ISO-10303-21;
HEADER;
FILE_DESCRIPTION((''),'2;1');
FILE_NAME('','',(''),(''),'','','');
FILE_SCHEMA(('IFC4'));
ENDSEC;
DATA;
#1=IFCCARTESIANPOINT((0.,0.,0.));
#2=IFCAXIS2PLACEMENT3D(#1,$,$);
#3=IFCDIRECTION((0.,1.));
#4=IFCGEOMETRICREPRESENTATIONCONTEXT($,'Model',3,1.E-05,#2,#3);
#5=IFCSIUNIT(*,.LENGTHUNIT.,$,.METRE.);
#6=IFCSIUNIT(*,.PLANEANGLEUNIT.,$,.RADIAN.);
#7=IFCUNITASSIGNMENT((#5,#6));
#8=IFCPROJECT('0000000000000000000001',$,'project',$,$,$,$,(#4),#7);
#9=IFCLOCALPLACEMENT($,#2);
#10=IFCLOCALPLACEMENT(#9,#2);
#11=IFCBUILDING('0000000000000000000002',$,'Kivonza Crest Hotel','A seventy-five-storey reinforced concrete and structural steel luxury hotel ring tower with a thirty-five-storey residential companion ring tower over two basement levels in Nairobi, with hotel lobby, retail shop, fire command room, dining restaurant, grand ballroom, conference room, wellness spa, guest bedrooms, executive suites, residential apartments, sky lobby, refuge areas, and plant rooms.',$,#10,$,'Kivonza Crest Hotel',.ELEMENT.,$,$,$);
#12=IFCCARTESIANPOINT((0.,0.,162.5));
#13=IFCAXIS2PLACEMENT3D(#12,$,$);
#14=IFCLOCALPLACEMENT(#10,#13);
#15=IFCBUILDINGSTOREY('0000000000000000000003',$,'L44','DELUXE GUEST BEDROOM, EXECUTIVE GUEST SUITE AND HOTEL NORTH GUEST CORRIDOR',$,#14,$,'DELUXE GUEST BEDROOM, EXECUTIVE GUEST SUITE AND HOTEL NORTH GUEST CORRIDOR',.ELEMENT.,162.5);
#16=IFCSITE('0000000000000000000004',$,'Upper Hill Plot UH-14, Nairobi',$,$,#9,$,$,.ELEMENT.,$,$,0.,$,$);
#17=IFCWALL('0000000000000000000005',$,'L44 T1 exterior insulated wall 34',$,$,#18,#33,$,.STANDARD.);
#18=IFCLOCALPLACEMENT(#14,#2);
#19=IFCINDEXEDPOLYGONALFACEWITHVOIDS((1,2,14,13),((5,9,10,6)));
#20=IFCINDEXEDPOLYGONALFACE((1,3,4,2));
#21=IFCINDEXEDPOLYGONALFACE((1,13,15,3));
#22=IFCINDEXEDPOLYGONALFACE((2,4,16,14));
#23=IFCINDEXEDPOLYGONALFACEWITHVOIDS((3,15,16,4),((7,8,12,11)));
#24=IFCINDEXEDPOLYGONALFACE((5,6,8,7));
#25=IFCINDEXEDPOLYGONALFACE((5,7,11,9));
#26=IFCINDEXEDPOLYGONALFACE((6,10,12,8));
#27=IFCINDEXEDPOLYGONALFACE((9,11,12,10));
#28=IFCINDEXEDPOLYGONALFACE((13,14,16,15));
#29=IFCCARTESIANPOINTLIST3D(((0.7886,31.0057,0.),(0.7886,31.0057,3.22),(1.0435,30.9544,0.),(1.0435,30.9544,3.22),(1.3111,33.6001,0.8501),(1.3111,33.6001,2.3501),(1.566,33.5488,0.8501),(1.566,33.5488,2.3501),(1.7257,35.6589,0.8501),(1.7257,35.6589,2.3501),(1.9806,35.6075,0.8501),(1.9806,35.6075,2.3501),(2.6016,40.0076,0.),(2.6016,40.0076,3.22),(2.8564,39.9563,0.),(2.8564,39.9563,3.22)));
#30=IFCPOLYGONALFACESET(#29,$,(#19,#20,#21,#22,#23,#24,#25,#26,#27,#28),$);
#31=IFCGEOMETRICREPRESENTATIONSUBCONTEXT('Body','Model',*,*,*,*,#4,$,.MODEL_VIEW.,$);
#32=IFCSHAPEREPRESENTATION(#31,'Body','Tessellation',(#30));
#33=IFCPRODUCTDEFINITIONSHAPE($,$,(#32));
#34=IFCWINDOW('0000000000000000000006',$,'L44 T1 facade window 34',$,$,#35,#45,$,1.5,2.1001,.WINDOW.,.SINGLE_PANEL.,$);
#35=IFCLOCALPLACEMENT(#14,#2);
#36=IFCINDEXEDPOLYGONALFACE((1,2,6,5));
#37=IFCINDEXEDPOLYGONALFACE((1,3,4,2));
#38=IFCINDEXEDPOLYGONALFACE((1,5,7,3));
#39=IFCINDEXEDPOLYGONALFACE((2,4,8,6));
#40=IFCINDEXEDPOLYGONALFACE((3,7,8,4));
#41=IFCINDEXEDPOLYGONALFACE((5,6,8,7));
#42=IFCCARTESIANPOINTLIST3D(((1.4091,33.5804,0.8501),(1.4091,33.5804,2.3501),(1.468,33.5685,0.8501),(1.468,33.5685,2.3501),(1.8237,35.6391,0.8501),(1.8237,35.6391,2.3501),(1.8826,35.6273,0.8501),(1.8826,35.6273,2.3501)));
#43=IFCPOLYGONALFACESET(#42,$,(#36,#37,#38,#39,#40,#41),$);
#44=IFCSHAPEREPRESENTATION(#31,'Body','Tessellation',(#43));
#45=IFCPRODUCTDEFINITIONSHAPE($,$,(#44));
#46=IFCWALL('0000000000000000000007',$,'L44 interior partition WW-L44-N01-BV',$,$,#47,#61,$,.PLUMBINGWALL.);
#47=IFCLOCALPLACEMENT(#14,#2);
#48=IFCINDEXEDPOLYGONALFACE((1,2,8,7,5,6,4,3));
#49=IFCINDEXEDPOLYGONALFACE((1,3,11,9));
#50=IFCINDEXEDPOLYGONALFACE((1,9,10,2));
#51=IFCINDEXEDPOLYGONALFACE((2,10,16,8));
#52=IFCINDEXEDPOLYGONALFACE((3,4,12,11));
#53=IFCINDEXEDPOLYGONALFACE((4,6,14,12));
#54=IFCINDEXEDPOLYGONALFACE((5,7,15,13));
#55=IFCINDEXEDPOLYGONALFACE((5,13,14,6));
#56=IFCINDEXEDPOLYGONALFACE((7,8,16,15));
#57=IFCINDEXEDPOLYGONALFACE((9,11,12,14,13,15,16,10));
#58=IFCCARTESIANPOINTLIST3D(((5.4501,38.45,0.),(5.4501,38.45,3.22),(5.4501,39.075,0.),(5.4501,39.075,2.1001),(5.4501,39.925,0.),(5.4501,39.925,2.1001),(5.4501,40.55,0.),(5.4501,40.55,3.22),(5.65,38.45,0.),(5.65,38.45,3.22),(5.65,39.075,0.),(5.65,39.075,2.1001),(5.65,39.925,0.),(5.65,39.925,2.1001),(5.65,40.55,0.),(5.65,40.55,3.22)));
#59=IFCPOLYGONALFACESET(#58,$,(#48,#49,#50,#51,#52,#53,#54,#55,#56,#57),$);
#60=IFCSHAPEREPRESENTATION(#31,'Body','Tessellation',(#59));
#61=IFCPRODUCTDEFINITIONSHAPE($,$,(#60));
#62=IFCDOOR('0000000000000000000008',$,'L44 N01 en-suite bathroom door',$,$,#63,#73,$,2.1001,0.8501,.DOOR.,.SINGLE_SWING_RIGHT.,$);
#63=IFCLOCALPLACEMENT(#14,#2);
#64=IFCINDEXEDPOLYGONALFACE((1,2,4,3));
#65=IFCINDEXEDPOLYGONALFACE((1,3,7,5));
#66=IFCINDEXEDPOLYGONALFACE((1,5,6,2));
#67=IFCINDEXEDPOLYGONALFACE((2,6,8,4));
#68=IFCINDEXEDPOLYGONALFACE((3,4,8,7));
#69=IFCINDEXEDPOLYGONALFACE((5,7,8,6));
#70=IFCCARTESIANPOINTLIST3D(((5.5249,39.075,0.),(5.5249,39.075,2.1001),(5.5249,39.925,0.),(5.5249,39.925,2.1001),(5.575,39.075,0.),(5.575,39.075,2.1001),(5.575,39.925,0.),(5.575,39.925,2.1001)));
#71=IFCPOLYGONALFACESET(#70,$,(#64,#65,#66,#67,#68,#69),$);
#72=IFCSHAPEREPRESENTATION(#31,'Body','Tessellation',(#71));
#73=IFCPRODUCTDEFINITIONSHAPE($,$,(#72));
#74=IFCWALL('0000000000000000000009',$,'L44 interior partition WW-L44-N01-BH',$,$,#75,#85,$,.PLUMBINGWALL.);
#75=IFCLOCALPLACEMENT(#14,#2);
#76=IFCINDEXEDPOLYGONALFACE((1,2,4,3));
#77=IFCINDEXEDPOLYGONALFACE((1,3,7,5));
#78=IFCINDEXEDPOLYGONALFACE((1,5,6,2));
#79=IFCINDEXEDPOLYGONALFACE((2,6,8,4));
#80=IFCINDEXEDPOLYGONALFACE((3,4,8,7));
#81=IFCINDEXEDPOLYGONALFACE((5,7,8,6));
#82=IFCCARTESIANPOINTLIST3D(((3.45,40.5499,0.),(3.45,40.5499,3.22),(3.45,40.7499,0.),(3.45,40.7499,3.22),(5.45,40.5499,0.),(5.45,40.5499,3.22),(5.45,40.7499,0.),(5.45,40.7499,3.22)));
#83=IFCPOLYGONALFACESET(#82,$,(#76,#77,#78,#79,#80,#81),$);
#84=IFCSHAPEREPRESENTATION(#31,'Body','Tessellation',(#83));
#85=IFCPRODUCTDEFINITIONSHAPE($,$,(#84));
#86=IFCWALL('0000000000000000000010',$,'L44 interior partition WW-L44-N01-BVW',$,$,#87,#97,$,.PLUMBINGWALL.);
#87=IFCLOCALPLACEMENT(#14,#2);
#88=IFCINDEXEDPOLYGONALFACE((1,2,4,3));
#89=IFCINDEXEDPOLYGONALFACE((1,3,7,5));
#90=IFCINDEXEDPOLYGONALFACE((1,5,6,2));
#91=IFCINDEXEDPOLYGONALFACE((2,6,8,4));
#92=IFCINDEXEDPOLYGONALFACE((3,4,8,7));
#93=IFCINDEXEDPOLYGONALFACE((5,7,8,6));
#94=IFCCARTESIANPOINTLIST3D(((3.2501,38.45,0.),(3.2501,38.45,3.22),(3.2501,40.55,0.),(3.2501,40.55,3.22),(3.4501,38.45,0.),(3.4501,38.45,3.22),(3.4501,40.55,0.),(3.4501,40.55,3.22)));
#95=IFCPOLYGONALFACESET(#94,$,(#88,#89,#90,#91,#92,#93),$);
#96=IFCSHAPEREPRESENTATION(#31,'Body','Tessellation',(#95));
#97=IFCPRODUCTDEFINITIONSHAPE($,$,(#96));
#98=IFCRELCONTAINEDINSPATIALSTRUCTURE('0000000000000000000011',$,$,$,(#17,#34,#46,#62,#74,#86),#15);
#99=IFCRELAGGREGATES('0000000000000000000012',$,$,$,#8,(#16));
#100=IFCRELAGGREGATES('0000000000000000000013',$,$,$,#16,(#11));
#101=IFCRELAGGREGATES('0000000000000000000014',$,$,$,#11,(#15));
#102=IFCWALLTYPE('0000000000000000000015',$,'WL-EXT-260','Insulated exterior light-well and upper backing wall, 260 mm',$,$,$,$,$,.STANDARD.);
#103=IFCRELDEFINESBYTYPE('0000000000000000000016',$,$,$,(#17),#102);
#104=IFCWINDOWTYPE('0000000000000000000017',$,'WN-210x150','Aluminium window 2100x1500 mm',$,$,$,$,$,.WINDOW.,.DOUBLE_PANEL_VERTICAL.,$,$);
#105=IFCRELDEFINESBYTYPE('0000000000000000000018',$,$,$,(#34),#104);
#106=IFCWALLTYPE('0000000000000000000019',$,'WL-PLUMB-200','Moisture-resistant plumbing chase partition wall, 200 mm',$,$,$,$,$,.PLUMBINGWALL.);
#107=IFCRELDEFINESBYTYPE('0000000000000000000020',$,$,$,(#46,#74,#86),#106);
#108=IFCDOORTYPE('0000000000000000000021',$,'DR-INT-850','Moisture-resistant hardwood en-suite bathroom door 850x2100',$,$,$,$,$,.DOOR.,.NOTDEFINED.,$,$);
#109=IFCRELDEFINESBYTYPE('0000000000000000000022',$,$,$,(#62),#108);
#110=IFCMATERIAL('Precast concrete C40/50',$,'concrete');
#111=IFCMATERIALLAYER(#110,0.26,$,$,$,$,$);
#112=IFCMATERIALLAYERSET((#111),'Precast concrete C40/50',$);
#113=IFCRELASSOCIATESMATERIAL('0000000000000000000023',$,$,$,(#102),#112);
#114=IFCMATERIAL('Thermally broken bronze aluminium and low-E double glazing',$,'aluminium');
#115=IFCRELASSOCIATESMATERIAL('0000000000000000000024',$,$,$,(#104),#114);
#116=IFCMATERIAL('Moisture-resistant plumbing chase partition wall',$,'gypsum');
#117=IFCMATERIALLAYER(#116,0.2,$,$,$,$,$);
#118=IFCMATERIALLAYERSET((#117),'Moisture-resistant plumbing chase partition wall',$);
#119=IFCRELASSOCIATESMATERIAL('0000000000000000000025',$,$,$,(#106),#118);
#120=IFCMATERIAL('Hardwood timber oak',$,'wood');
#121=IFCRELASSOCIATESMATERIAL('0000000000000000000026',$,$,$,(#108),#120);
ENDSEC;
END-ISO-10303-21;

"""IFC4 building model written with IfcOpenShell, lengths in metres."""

from ifc_helpers import new_model, si_unit, direction, frame, frame_2d, origin, place, context, subcontext, project, spatial, rectangle, extrude, material, layer, layer_set, type_object, element, fill, save


model = new_model("IFC4")

# Units and contexts
model_context = context("Model", 3, precision=1e-05, world=origin(), true_north=direction((0.0, 1.0)))
body_context = subcontext(model_context, "Body", "Model", "MODEL_VIEW")
ifc_project = project(units=[si_unit("LENGTHUNIT", "METRE"), si_unit("PLANEANGLEUNIT", "RADIAN")], contexts=[model_context])

# Site, building, storey
site_placement = place(None, origin())
site = spatial("IfcSite", under=ifc_project, at=site_placement, Name="Upper Hill Plot UH-14, Nairobi", CompositionType="ELEMENT", RefElevation=0.0)
building_placement = place(site_placement, origin())
building = spatial("IfcBuilding", under=site, at=building_placement, Name="Kivonza Crest Hotel", Description="A seventy-five-storey reinforced concrete and structural steel luxury hotel ring tower with a thirty-five-storey residential companion ring tower over two basement levels in Nairobi, with hotel lobby, retail shop, fire command room, dining restaurant, grand ballroom, conference room, wellness spa, guest bedrooms, executive suites, residential apartments, sky lobby, refuge areas, and plant rooms.", LongName="Kivonza Crest Hotel", CompositionType="ELEMENT")
storey_placement = place(building_placement, frame((0.0, 0.0, 162.5)))
storey = spatial("IfcBuildingStorey", under=building, at=storey_placement, Name="L44", Description="DELUXE GUEST BEDROOM, EXECUTIVE GUEST SUITE AND HOTEL NORTH GUEST CORRIDOR", LongName="DELUXE GUEST BEDROOM, EXECUTIVE GUEST SUITE AND HOTEL NORTH GUEST CORRIDOR", CompositionType="ELEMENT", Elevation=162.5)

# Shared definitions
ifc_material_1 = material(Name="Hardwood timber oak", Category="wood")

# Shared definitions
ifc_material_2 = material(Name="Precast concrete C40/50", Category="concrete")
ifc_layer_1 = layer(ifc_material_2, 0.26)
ifc_layer_set_1 = layer_set([ifc_layer_1], Name="Precast concrete C40/50")
wall_type_1 = type_object("IfcWallType", Name="WL-EXT-260", Description="Insulated exterior light-well and upper backing wall, 260 mm", PredefinedType="STANDARD", material=ifc_layer_set_1)

# Wall, opening, window
ifc_material_3 = material(Name="Thermally broken bronze aluminium and low-E double glazing", Category="aluminium")
wall_1_placement = place(storey_placement, frame((2.729, 39.9819, 0.0), z_axis=(0.0, 0.0, 1.0), x_axis=(-0.197435, -0.980316, 0.0)))
wall_1 = element("IfcWall", 1, at=wall_1_placement, inside=storey, type_object=wall_type_1, Name="L44 T1 exterior insulated wall 34", PredefinedType="STANDARD", context=body_context, shape_type="SweptSolid", body=[
    extrude(rectangle(XDim=9.1826, YDim=0.26, at=frame_2d((4.5913, 0.0))), origin(), (0.0, 0.0, 1.0), 3.22),
])
opening_1_placement = place(wall_1_placement, frame((4.436, 0.0, 0.8501)))
opening_1 = element("IfcOpeningElement", 2, at=opening_1_placement, cuts=wall_1, PredefinedType="OPENING", context=body_context, shape_type="SweptSolid", body=[
    extrude(rectangle(XDim=2.1001, YDim=1.5, at=frame_2d((1.05, 0.75))), frame((0.0, 0.1401, 0.0), z_axis=(0.0, -1.0, 0.0), x_axis=(1.0, 0.0, 0.0)), (0.0, 0.0, 1.0), 0.28),
])
window_type_1 = type_object("IfcWindowType", Name="WN-210x150", Description="Aluminium window 2100x1500 mm", PartitioningType="DOUBLE_PANEL_VERTICAL", PredefinedType="WINDOW", material=ifc_material_3)
window_1_placement = place(opening_1_placement, origin())
window_1 = element("IfcWindow", 3, at=window_1_placement, inside=storey, type_object=window_type_1, Name="L44 T1 facade window 34", OverallHeight=1.5, OverallWidth=2.1001, PartitioningType="SINGLE_PANEL", PredefinedType="WINDOW", context=body_context, shape_type="SweptSolid", body=[
    extrude(rectangle(XDim=2.1001, YDim=1.5, at=frame_2d((1.05, 0.75))), frame((0.0, 0.03, 0.0), z_axis=(0.0, -1.0, 0.0), x_axis=(1.0, 0.0, 0.0)), (0.0, 0.0, 1.0), 0.0601),
])
fill(opening_1, window_1)

# Wall, opening, door
ifc_material_4 = material(Name="Moisture-resistant plumbing chase partition wall", Category="gypsum")
ifc_layer_2 = layer(ifc_material_4, 0.2)
ifc_layer_set_2 = layer_set([ifc_layer_2], Name="Moisture-resistant plumbing chase partition wall")
wall_type_2 = type_object("IfcWallType", Name="WL-PLUMB-200", Description="Moisture-resistant plumbing chase partition wall, 200 mm", PredefinedType="PLUMBINGWALL", material=ifc_layer_set_2)
wall_2_placement = place(storey_placement, frame((5.55, 38.45, 0.0), z_axis=(0.0, 0.0, 1.0), x_axis=(0.0, 1.0, 0.0)))
wall_2 = element("IfcWall", 4, at=wall_2_placement, inside=storey, type_object=wall_type_2, Name="L44 interior partition WW-L44-N01-BV", PredefinedType="PLUMBINGWALL", context=body_context, shape_type="SweptSolid", body=[
    extrude(rectangle(XDim=2.1001, YDim=0.2, at=frame_2d((1.05, 0.0))), origin(), (0.0, 0.0, 1.0), 3.22),
])
opening_2_placement = place(wall_2_placement, frame((0.625, 0.0, 0.0)))
opening_2 = element("IfcOpeningElement", 5, at=opening_2_placement, cuts=wall_2, PredefinedType="OPENING", context=body_context, shape_type="SweptSolid", body=[
    extrude(rectangle(XDim=0.8501, YDim=2.1001, at=frame_2d((0.425, 1.05))), frame((0.0, 0.1099, 0.0), z_axis=(0.0, -1.0, 0.0), x_axis=(1.0, 0.0, 0.0)), (0.0, 0.0, 1.0), 0.22),
])
door_type_1 = type_object("IfcDoorType", Name="DR-INT-850", Description="Moisture-resistant hardwood en-suite bathroom door 850x2100", OperationType="NOTDEFINED", PredefinedType="DOOR", material=ifc_material_1)
door_1_placement = place(opening_2_placement, frame((0.8501, 0.0, 0.0), z_axis=(0.0, 0.0, 1.0), x_axis=(-1.0, 0.0, 0.0)))
door_1 = element("IfcDoor", 6, at=door_1_placement, inside=storey, type_object=door_type_1, Name="L44 N01 en-suite bathroom door", OperationType="SINGLE_SWING_RIGHT", OverallHeight=2.1001, OverallWidth=0.8501, PredefinedType="DOOR", context=body_context, shape_type="SweptSolid", body=[
    extrude(rectangle(XDim=0.8501, YDim=2.1001, at=frame_2d((0.425, 1.05))), frame((0.0, 0.0249, 0.0), z_axis=(0.0, -1.0, 0.0), x_axis=(1.0, 0.0, 0.0)), (0.0, 0.0, 1.0), 0.05),
])
fill(opening_2, door_1)

# Walls
wall_3_placement = place(storey_placement, frame((3.45, 40.6499, 0.0), z_axis=(0.0, 0.0, 1.0), x_axis=(1.0, 0.0, 0.0)))
element("IfcWall", 7, at=wall_3_placement, inside=storey, type_object=wall_type_2, Name="L44 interior partition WW-L44-N01-BH", PredefinedType="PLUMBINGWALL", context=body_context, shape_type="SweptSolid", body=[
    extrude(rectangle(XDim=2.0, YDim=0.2, at=frame_2d((1.0, 0.0))), origin(), (0.0, 0.0, 1.0), 3.22),
])
wall_4_placement = place(storey_placement, frame((3.3501, 38.45, 0.0), z_axis=(0.0, 0.0, 1.0), x_axis=(0.0, 1.0, 0.0)))
element("IfcWall", 8, at=wall_4_placement, inside=storey, type_object=wall_type_2, Name="L44 interior partition WW-L44-N01-BVW", PredefinedType="PLUMBINGWALL", context=body_context, shape_type="SweptSolid", body=[
    extrude(rectangle(XDim=2.1001, YDim=0.2, at=frame_2d((1.05, 0.0))), origin(), (0.0, 0.0, 1.0), 3.22),
])

save(model, "model.ifc")
